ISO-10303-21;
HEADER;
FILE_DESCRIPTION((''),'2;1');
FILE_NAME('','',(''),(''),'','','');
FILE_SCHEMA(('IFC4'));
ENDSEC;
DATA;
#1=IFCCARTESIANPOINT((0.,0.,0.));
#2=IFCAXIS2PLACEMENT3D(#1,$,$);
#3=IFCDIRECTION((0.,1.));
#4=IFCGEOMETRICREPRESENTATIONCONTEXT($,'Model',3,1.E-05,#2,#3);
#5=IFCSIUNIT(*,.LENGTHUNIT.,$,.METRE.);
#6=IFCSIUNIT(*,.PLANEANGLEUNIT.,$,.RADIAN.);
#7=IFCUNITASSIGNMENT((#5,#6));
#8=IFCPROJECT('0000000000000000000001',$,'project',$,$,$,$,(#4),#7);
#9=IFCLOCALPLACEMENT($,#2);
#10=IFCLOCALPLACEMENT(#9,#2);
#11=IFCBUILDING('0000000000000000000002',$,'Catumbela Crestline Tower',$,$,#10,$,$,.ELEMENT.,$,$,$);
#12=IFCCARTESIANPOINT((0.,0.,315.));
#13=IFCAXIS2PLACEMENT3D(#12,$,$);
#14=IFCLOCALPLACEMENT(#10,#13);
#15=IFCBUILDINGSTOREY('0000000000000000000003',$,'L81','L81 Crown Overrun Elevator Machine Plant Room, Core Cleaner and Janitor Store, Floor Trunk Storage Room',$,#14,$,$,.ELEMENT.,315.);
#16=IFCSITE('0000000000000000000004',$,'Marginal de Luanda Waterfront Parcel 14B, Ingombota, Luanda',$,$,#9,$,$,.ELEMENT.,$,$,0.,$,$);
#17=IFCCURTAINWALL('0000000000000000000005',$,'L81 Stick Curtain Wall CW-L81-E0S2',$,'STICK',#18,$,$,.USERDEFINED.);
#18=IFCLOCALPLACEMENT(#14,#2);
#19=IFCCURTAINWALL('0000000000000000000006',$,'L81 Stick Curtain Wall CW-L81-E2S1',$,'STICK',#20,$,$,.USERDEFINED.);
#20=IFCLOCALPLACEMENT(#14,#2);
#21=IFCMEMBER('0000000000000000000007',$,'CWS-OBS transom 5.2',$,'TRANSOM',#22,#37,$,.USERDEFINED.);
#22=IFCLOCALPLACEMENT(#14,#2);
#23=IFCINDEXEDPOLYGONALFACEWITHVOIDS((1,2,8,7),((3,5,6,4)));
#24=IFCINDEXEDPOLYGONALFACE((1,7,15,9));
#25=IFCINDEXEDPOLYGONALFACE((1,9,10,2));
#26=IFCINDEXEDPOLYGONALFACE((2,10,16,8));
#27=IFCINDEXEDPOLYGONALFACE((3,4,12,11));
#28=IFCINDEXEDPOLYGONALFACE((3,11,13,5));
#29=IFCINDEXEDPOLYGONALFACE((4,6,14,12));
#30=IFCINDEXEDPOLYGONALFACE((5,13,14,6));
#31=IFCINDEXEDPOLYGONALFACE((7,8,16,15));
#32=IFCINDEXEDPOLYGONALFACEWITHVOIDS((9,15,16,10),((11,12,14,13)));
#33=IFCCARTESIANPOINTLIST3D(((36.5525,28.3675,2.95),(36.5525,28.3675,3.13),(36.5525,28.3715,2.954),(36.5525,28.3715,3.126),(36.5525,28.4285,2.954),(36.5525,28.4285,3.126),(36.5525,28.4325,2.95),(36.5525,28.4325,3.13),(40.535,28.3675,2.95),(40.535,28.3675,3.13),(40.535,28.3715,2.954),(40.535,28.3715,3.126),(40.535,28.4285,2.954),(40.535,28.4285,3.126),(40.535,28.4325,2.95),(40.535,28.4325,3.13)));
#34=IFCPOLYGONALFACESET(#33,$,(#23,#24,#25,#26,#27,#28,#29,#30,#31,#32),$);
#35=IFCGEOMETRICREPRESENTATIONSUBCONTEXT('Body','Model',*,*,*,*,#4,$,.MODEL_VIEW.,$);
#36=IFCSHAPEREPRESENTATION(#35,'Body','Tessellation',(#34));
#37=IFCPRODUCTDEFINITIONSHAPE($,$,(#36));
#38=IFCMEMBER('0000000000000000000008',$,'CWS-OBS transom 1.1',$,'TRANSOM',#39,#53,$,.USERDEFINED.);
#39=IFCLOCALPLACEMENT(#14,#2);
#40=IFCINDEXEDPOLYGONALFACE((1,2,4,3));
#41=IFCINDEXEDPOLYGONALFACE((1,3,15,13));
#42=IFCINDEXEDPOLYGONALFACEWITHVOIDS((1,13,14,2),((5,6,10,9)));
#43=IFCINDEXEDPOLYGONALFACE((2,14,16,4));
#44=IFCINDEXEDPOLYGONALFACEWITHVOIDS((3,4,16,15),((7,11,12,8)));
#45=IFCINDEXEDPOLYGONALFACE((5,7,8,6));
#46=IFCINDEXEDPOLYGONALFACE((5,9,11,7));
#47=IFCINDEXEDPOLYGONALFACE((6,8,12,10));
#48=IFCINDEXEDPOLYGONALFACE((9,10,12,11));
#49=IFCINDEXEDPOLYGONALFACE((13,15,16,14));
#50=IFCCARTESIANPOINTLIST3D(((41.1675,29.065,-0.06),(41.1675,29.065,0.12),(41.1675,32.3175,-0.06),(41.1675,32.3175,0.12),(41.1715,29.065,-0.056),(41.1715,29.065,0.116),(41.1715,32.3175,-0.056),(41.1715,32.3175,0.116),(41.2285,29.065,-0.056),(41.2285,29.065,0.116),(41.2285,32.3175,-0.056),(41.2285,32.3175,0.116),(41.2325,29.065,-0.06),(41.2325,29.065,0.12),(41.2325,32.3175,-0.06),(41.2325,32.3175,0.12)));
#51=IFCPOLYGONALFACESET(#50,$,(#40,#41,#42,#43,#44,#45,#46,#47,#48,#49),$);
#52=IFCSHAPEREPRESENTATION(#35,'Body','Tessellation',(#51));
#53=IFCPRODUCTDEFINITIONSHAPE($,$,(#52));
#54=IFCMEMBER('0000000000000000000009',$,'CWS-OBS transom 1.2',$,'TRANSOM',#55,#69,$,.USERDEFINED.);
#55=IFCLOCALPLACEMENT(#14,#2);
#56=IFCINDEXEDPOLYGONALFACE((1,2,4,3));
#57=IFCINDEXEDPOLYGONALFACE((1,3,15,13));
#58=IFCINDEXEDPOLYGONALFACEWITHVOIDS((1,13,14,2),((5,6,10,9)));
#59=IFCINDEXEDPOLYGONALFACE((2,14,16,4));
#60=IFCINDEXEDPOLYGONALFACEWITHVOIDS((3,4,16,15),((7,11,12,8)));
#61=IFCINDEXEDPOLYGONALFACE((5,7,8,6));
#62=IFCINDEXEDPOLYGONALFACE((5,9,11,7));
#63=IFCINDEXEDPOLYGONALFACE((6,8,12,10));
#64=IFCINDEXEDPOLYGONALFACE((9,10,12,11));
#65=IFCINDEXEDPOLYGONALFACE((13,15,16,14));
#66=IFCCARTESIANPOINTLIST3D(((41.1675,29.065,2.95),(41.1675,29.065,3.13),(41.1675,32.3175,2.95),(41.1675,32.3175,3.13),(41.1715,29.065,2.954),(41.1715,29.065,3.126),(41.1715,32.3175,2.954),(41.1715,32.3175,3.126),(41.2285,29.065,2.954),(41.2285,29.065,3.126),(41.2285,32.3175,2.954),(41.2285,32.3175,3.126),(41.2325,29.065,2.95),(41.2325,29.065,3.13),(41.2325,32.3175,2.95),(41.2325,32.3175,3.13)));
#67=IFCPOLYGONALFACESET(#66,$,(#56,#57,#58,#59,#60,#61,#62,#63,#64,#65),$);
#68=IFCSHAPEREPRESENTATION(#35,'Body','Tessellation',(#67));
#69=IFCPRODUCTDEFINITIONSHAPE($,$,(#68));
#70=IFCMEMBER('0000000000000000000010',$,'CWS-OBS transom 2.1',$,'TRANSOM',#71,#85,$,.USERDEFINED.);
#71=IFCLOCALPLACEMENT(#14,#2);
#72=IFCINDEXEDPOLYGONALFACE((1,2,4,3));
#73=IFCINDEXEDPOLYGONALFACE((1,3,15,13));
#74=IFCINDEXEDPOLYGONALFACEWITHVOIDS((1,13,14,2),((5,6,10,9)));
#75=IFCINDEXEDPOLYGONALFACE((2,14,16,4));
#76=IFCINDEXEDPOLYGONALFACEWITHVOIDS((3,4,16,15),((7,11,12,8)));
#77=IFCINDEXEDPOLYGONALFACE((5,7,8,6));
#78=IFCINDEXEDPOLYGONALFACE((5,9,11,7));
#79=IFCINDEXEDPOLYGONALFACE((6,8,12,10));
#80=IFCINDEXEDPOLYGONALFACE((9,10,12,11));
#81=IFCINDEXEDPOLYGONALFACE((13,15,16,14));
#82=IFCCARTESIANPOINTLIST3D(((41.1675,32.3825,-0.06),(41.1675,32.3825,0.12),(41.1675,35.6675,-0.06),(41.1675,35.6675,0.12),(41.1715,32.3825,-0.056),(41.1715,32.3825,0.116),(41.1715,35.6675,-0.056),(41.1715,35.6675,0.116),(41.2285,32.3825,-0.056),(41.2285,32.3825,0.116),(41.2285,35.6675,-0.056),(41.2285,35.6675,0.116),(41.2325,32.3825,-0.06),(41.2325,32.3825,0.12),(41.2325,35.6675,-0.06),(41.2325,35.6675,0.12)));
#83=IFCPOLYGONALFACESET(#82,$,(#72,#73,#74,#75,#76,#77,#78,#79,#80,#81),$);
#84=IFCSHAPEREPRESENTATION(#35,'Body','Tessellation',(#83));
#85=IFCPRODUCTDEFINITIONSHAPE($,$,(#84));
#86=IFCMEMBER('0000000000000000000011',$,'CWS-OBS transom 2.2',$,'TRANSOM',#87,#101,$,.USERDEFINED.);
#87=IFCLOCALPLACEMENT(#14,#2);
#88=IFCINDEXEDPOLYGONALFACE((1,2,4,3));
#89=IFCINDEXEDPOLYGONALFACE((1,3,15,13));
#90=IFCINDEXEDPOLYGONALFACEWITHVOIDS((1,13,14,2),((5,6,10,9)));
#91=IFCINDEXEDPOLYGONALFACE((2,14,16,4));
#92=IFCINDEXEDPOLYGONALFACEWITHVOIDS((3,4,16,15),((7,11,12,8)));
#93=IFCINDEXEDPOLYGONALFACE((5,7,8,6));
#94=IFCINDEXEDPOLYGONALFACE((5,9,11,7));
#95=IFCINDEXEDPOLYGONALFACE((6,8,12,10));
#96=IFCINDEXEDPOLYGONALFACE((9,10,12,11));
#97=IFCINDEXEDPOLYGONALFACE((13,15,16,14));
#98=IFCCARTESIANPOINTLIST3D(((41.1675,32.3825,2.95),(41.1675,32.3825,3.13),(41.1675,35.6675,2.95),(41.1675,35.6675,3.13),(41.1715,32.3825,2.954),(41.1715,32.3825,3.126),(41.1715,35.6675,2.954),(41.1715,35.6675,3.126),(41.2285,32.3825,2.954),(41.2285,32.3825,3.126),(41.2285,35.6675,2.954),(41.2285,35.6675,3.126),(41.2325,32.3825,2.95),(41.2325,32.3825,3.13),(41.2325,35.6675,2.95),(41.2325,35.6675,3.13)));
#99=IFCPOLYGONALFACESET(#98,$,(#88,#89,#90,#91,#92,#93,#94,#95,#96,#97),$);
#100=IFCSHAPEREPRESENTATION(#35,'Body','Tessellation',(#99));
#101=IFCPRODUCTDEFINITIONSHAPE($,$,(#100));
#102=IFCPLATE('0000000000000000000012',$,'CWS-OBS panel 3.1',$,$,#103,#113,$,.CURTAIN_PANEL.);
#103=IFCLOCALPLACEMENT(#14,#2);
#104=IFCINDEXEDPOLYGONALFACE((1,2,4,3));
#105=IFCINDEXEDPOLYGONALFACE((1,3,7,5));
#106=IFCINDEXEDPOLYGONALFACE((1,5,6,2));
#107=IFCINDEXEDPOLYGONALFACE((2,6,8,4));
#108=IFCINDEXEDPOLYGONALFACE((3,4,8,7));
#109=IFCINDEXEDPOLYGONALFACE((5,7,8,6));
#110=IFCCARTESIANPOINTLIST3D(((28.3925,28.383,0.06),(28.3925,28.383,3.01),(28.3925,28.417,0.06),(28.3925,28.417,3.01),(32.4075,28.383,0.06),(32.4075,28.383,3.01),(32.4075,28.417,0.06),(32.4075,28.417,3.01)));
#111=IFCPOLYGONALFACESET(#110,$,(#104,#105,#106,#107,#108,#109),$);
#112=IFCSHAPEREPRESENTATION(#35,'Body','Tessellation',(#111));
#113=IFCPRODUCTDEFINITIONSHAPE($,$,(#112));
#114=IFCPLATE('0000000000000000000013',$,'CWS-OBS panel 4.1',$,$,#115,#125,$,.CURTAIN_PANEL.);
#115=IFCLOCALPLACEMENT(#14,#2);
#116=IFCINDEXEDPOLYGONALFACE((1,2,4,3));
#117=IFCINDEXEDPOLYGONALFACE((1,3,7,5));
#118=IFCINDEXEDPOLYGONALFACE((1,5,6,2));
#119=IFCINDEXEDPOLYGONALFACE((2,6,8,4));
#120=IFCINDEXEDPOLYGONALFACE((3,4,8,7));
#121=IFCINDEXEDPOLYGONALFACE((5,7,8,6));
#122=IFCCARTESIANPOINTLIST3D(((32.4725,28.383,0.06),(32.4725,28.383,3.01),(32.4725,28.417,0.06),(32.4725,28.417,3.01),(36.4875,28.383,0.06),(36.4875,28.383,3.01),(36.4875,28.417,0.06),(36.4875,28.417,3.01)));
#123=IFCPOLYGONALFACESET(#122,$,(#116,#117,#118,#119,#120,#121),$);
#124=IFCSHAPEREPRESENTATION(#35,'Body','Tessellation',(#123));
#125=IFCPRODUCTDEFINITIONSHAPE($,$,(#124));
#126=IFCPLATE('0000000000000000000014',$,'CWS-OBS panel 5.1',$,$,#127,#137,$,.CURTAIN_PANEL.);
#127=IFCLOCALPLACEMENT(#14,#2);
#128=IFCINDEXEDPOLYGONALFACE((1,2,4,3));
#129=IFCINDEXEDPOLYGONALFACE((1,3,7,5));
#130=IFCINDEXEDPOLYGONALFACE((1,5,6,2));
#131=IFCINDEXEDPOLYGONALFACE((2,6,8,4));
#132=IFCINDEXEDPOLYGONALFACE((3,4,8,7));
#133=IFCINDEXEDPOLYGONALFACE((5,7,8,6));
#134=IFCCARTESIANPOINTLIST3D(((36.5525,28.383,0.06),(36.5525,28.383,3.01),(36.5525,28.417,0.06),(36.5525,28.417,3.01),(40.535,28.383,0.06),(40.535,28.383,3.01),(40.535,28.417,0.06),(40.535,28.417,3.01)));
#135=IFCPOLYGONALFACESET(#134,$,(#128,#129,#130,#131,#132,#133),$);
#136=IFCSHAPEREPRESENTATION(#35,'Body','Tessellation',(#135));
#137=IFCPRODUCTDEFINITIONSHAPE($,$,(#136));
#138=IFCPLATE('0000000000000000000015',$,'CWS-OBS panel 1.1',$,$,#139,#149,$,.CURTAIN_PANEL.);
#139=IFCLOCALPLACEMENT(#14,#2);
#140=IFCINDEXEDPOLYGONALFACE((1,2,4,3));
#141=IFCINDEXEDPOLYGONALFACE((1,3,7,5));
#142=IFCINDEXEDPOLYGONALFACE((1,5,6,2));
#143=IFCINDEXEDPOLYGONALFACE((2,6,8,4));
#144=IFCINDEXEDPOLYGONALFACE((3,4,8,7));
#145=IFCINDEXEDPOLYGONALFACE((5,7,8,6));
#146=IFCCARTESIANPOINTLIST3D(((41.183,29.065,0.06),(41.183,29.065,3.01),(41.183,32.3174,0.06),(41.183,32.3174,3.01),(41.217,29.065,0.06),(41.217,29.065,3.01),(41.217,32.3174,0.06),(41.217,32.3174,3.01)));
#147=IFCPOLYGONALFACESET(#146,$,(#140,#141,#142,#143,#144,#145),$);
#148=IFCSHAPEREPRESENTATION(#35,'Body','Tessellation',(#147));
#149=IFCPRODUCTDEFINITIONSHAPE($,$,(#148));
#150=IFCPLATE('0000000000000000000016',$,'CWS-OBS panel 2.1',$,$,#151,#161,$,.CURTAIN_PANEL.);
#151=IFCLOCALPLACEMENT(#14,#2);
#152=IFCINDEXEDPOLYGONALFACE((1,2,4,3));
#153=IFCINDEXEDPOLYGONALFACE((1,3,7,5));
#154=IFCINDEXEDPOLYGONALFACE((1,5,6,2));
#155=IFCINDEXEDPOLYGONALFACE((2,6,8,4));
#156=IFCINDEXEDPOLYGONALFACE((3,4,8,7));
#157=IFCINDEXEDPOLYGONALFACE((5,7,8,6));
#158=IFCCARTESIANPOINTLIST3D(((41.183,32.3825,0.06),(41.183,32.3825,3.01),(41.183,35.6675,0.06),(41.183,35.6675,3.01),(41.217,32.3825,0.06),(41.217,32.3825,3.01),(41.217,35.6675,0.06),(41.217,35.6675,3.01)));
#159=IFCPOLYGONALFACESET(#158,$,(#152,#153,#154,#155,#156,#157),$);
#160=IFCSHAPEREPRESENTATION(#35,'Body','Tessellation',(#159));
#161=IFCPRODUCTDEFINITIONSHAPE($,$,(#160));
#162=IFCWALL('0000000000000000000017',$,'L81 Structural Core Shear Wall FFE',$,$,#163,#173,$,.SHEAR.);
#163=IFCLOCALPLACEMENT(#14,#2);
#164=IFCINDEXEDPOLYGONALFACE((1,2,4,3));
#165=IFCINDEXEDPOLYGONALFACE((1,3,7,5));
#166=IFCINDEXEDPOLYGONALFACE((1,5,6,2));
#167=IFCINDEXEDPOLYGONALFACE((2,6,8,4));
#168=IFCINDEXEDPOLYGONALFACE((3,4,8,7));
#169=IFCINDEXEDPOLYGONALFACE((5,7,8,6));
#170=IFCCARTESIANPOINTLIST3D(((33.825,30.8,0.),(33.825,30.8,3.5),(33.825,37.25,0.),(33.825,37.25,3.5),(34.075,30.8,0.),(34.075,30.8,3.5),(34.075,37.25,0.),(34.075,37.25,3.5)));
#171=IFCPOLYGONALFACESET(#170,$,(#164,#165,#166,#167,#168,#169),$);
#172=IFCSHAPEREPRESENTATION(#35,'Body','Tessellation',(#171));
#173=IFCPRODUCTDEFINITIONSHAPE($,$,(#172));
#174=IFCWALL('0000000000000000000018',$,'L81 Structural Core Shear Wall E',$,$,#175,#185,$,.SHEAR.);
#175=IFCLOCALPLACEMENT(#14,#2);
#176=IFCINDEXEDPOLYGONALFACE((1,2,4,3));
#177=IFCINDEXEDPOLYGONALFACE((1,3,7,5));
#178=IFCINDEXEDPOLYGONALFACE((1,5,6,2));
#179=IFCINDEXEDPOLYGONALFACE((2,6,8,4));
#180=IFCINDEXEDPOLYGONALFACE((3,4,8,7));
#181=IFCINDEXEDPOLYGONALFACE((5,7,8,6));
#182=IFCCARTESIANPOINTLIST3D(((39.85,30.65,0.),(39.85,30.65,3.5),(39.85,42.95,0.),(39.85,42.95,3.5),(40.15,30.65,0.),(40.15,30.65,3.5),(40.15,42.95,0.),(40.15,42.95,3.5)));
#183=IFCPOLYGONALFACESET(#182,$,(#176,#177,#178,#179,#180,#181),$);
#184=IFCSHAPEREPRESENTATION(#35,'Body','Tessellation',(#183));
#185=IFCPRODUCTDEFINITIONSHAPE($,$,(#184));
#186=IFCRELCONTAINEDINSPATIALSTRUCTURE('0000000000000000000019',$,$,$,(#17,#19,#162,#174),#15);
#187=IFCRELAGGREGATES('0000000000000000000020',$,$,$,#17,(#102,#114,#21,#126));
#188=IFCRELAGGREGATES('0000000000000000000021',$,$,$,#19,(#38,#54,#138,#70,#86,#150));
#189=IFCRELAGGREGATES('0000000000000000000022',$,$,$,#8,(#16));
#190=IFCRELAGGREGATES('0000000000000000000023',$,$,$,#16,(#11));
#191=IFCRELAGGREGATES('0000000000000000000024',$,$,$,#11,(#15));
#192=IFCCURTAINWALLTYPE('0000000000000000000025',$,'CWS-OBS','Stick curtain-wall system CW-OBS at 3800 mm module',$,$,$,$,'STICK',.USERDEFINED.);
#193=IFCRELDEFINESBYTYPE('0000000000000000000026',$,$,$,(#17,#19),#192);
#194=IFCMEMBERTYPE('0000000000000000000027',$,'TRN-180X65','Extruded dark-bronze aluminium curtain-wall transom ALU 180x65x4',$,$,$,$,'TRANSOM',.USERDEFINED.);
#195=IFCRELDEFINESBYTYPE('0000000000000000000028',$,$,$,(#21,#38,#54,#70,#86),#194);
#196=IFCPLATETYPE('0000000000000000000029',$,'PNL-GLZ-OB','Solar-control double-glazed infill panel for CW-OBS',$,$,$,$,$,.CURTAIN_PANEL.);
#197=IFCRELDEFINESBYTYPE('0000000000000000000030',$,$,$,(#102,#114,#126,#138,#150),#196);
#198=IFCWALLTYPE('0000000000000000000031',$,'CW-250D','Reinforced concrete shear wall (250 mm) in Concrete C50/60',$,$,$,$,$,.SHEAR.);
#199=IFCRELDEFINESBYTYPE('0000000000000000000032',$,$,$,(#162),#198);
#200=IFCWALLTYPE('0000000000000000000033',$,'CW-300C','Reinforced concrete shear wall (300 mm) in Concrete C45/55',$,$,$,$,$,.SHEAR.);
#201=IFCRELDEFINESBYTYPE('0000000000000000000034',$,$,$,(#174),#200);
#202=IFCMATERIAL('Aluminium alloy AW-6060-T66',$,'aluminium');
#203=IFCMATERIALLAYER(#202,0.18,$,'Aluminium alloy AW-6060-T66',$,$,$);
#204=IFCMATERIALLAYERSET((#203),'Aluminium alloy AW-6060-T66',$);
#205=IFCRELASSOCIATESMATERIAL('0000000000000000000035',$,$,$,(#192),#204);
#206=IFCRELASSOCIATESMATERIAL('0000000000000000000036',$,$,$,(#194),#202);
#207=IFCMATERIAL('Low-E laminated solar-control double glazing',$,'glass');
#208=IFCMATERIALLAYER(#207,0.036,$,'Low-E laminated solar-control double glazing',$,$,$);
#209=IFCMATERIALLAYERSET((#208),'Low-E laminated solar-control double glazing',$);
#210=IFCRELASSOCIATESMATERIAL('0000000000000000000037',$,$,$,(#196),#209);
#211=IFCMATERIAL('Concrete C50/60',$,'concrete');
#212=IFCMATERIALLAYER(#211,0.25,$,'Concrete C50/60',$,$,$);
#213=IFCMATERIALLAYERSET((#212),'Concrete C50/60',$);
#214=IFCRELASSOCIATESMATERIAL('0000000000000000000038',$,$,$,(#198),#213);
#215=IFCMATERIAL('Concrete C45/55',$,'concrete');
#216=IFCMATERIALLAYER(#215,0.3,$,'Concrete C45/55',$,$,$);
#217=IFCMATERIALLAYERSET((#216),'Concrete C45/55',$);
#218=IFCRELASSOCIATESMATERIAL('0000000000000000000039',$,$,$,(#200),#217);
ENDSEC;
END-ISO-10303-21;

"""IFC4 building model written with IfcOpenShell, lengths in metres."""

from ifc_helpers import new_model, si_unit, direction, frame, frame_2d, origin, origin_2d, place, context, subcontext, project, spatial, rectangle, hollow_rectangle, extrude, material, layer, layer_set, material_profile, profile_set, type_object, element, aggregate, save


model = new_model("IFC4")

# Units and contexts
model_context = context("Model", 3, precision=1e-05, world=origin(), true_north=direction((0.0, 1.0)))
body_context = subcontext(model_context, "Body", "Model", "MODEL_VIEW")
ifc_project = project(units=[si_unit("LENGTHUNIT", "METRE"), si_unit("PLANEANGLEUNIT", "RADIAN")], contexts=[model_context])

# Site, building, storey
site_placement = place(None, origin())
site = spatial("IfcSite", under=ifc_project, at=site_placement, Name="Marginal de Luanda Waterfront Parcel 14B, Ingombota, Luanda", CompositionType="ELEMENT", RefElevation=0.0)
building_placement = place(site_placement, origin())
building = spatial("IfcBuilding", under=site, at=building_placement, Name="Catumbela Crestline Tower", CompositionType="ELEMENT")
storey_placement = place(building_placement, frame((0.0, 0.0, 315.0)))
storey = spatial("IfcBuildingStorey", under=building, at=storey_placement, Name="L81", Description="L81 Crown Overrun Elevator Machine Plant Room, Core Cleaner and Janitor Store, Floor Trunk Storage Room", CompositionType="ELEMENT", Elevation=315.0)

# Curtain walls
ifc_material_1 = material(Name="Aluminium alloy AW-6060-T66", Category="aluminium")
ifc_layer_1 = layer(ifc_material_1, 0.18, Name="Aluminium alloy AW-6060-T66")
ifc_layer_set_1 = layer_set([ifc_layer_1], Name="Aluminium alloy AW-6060-T66")
curtain_wall_type = type_object("IfcCurtainWallType", Name="CWS-OBS", Description="Stick curtain-wall system CW-OBS at 3800 mm module", ElementType="STICK", PredefinedType="USERDEFINED", material=ifc_layer_set_1)
curtain_wall_1_placement = place(storey_placement, origin())
curtain_wall_1 = element("IfcCurtainWall", 1, at=curtain_wall_1_placement, inside=storey, type_object=curtain_wall_type, Name="L81 Stick Curtain Wall CW-L81-E0S2", ObjectType="STICK", PredefinedType="USERDEFINED")
curtain_wall_2_placement = place(storey_placement, origin())
curtain_wall_2 = element("IfcCurtainWall", 2, at=curtain_wall_2_placement, inside=storey, type_object=curtain_wall_type, Name="L81 Stick Curtain Wall CW-L81-E2S1", ObjectType="STICK", PredefinedType="USERDEFINED")

# Members
ifc_material_profile_1 = material_profile(ifc_material_1, hollow_rectangle(XDim=0.065, YDim=0.18, WallThickness=0.004, at=origin_2d()), Name="ALU 180x65x4")
ifc_profile_set_1 = profile_set([ifc_material_profile_1], Name="Aluminium alloy AW-6060-T66")
member_type_1 = type_object("IfcMemberType", Name="TRN-180X65", Description="Extruded dark-bronze aluminium curtain-wall transom ALU 180x65x4", ElementType="TRANSOM", PredefinedType="USERDEFINED", material=ifc_profile_set_1)
member_1_placement = place(storey_placement, frame((36.5525, 28.4, 3.04), z_axis=(1.0, 0.0, 0.0), x_axis=(0.0, 1.0, 0.0)))
member_1 = element("IfcMember", 3, at=member_1_placement, type_object=member_type_1, Name="CWS-OBS transom 5.2", ObjectType="TRANSOM", PredefinedType="USERDEFINED", context=body_context, shape_type="SweptSolid", body=[
    extrude(hollow_rectangle(XDim=0.065, YDim=0.18, WallThickness=0.004, at=origin_2d()), origin(), (0.0, 0.0, 1.0), 3.9825),
])
member_2_placement = place(storey_placement, frame((41.2, 29.065, 0.03), z_axis=(0.0, 1.0, 0.0), x_axis=(-1.0, 0.0, 0.0)))
member_2 = element("IfcMember", 4, at=member_2_placement, type_object=member_type_1, Name="CWS-OBS transom 1.1", ObjectType="TRANSOM", PredefinedType="USERDEFINED", context=body_context, shape_type="SweptSolid", body=[
    extrude(hollow_rectangle(XDim=0.065, YDim=0.18, WallThickness=0.004, at=origin_2d()), origin(), (0.0, 0.0, 1.0), 3.2525),
])
member_3_placement = place(storey_placement, frame((41.2, 29.065, 3.04), z_axis=(0.0, 1.0, 0.0), x_axis=(-1.0, 0.0, 0.0)))
member_3 = element("IfcMember", 5, at=member_3_placement, type_object=member_type_1, Name="CWS-OBS transom 1.2", ObjectType="TRANSOM", PredefinedType="USERDEFINED", context=body_context, shape_type="SweptSolid", body=[
    extrude(hollow_rectangle(XDim=0.065, YDim=0.18, WallThickness=0.004, at=origin_2d()), origin(), (0.0, 0.0, 1.0), 3.2525),
])
member_4_placement = place(storey_placement, frame((41.2, 32.3825, 0.03), z_axis=(0.0, 1.0, 0.0), x_axis=(-1.0, 0.0, 0.0)))
member_4 = element("IfcMember", 6, at=member_4_placement, type_object=member_type_1, Name="CWS-OBS transom 2.1", ObjectType="TRANSOM", PredefinedType="USERDEFINED", context=body_context, shape_type="SweptSolid", body=[
    extrude(hollow_rectangle(XDim=0.065, YDim=0.18, WallThickness=0.004, at=origin_2d()), origin(), (0.0, 0.0, 1.0), 3.285),
])
member_5_placement = place(storey_placement, frame((41.2, 32.3825, 3.04), z_axis=(0.0, 1.0, 0.0), x_axis=(-1.0, 0.0, 0.0)))
member_5 = element("IfcMember", 7, at=member_5_placement, type_object=member_type_1, Name="CWS-OBS transom 2.2", ObjectType="TRANSOM", PredefinedType="USERDEFINED", context=body_context, shape_type="SweptSolid", body=[
    extrude(hollow_rectangle(XDim=0.065, YDim=0.18, WallThickness=0.004, at=origin_2d()), origin(), (0.0, 0.0, 1.0), 3.285),
])

# Plates
ifc_material_2 = material(Name="Low-E laminated solar-control double glazing", Category="glass")
ifc_layer_2 = layer(ifc_material_2, 0.036, Name="Low-E laminated solar-control double glazing")
ifc_layer_set_2 = layer_set([ifc_layer_2], Name="Low-E laminated solar-control double glazing")
plate_type = type_object("IfcPlateType", Name="PNL-GLZ-OB", Description="Solar-control double-glazed infill panel for CW-OBS", PredefinedType="CURTAIN_PANEL", material=ifc_layer_set_2)
plate_1_placement = place(storey_placement, frame((30.4, 28.4, 0.06), z_axis=(0.0, 0.0, 1.0), x_axis=(1.0, 0.0, 0.0)))
plate_1 = element("IfcPlate", 8, at=plate_1_placement, type_object=plate_type, Name="CWS-OBS panel 3.1", PredefinedType="CURTAIN_PANEL", context=body_context, shape_type="SweptSolid", body=[
    extrude(rectangle(XDim=4.015, YDim=0.034, at=origin_2d()), origin(), (0.0, 0.0, 1.0), 2.95),
])
plate_2_placement = place(storey_placement, frame((34.48, 28.4, 0.06), z_axis=(0.0, 0.0, 1.0), x_axis=(1.0, 0.0, 0.0)))
plate_2 = element("IfcPlate", 9, at=plate_2_placement, type_object=plate_type, Name="CWS-OBS panel 4.1", PredefinedType="CURTAIN_PANEL", context=body_context, shape_type="SweptSolid", body=[
    extrude(rectangle(XDim=4.015, YDim=0.034, at=origin_2d()), origin(), (0.0, 0.0, 1.0), 2.95),
])
plate_3_placement = place(storey_placement, frame((38.5438, 28.4, 0.06), z_axis=(0.0, 0.0, 1.0), x_axis=(1.0, 0.0, 0.0)))
plate_3 = element("IfcPlate", 10, at=plate_3_placement, type_object=plate_type, Name="CWS-OBS panel 5.1", PredefinedType="CURTAIN_PANEL", context=body_context, shape_type="SweptSolid", body=[
    extrude(rectangle(XDim=3.9825, YDim=0.034, at=origin_2d()), origin(), (0.0, 0.0, 1.0), 2.95),
])
aggregate(curtain_wall_1, [plate_1, plate_2, member_1, plate_3])
plate_4_placement = place(storey_placement, frame((41.2, 30.6912, 0.06), z_axis=(0.0, 0.0, 1.0), x_axis=(0.0, 1.0, 0.0)))
plate_4 = element("IfcPlate", 11, at=plate_4_placement, type_object=plate_type, Name="CWS-OBS panel 1.1", PredefinedType="CURTAIN_PANEL", context=body_context, shape_type="SweptSolid", body=[
    extrude(rectangle(XDim=3.2525, YDim=0.034, at=origin_2d()), origin(), (0.0, 0.0, 1.0), 2.95),
])
plate_5_placement = place(storey_placement, frame((41.2, 34.025, 0.06), z_axis=(0.0, 0.0, 1.0), x_axis=(0.0, 1.0, 0.0)))
plate_5 = element("IfcPlate", 12, at=plate_5_placement, type_object=plate_type, Name="CWS-OBS panel 2.1", PredefinedType="CURTAIN_PANEL", context=body_context, shape_type="SweptSolid", body=[
    extrude(rectangle(XDim=3.285, YDim=0.034, at=origin_2d()), origin(), (0.0, 0.0, 1.0), 2.95),
])
aggregate(curtain_wall_2, [member_2, member_3, plate_4, member_4, member_5, plate_5])

# Walls
ifc_material_3 = material(Name="Concrete C50/60", Category="concrete")
ifc_layer_3 = layer(ifc_material_3, 0.25, Name="Concrete C50/60")
ifc_layer_set_3 = layer_set([ifc_layer_3], Name="Concrete C50/60")
wall_type_1 = type_object("IfcWallType", Name="CW-250D", Description="Reinforced concrete shear wall (250 mm) in Concrete C50/60", PredefinedType="SHEAR", material=ifc_layer_set_3)
wall_1_placement = place(storey_placement, frame((33.95, 30.8, 0.0), z_axis=(0.0, 0.0, 1.0), x_axis=(0.0, 1.0, 0.0)))
element("IfcWall", 13, at=wall_1_placement, inside=storey, type_object=wall_type_1, Name="L81 Structural Core Shear Wall FFE", PredefinedType="SHEAR", context=body_context, shape_type="SweptSolid", body=[
    extrude(rectangle(XDim=6.45, YDim=0.25, at=frame_2d((3.225, 0.0))), origin(), (0.0, 0.0, 1.0), 3.5),
])
ifc_material_4 = material(Name="Concrete C45/55", Category="concrete")
ifc_layer_4 = layer(ifc_material_4, 0.3, Name="Concrete C45/55")
ifc_layer_set_4 = layer_set([ifc_layer_4], Name="Concrete C45/55")
wall_type_2 = type_object("IfcWallType", Name="CW-300C", Description="Reinforced concrete shear wall (300 mm) in Concrete C45/55", PredefinedType="SHEAR", material=ifc_layer_set_4)
wall_2_placement = place(storey_placement, frame((40.0, 30.65, 0.0), z_axis=(0.0, 0.0, 1.0), x_axis=(0.0, 1.0, 0.0)))
element("IfcWall", 14, at=wall_2_placement, inside=storey, type_object=wall_type_2, Name="L81 Structural Core Shear Wall E", PredefinedType="SHEAR", context=body_context, shape_type="SweptSolid", body=[
    extrude(rectangle(XDim=12.3, YDim=0.3, at=frame_2d((6.15, 0.0))), origin(), (0.0, 0.0, 1.0), 3.5),
])

save(model, "model.ifc")
